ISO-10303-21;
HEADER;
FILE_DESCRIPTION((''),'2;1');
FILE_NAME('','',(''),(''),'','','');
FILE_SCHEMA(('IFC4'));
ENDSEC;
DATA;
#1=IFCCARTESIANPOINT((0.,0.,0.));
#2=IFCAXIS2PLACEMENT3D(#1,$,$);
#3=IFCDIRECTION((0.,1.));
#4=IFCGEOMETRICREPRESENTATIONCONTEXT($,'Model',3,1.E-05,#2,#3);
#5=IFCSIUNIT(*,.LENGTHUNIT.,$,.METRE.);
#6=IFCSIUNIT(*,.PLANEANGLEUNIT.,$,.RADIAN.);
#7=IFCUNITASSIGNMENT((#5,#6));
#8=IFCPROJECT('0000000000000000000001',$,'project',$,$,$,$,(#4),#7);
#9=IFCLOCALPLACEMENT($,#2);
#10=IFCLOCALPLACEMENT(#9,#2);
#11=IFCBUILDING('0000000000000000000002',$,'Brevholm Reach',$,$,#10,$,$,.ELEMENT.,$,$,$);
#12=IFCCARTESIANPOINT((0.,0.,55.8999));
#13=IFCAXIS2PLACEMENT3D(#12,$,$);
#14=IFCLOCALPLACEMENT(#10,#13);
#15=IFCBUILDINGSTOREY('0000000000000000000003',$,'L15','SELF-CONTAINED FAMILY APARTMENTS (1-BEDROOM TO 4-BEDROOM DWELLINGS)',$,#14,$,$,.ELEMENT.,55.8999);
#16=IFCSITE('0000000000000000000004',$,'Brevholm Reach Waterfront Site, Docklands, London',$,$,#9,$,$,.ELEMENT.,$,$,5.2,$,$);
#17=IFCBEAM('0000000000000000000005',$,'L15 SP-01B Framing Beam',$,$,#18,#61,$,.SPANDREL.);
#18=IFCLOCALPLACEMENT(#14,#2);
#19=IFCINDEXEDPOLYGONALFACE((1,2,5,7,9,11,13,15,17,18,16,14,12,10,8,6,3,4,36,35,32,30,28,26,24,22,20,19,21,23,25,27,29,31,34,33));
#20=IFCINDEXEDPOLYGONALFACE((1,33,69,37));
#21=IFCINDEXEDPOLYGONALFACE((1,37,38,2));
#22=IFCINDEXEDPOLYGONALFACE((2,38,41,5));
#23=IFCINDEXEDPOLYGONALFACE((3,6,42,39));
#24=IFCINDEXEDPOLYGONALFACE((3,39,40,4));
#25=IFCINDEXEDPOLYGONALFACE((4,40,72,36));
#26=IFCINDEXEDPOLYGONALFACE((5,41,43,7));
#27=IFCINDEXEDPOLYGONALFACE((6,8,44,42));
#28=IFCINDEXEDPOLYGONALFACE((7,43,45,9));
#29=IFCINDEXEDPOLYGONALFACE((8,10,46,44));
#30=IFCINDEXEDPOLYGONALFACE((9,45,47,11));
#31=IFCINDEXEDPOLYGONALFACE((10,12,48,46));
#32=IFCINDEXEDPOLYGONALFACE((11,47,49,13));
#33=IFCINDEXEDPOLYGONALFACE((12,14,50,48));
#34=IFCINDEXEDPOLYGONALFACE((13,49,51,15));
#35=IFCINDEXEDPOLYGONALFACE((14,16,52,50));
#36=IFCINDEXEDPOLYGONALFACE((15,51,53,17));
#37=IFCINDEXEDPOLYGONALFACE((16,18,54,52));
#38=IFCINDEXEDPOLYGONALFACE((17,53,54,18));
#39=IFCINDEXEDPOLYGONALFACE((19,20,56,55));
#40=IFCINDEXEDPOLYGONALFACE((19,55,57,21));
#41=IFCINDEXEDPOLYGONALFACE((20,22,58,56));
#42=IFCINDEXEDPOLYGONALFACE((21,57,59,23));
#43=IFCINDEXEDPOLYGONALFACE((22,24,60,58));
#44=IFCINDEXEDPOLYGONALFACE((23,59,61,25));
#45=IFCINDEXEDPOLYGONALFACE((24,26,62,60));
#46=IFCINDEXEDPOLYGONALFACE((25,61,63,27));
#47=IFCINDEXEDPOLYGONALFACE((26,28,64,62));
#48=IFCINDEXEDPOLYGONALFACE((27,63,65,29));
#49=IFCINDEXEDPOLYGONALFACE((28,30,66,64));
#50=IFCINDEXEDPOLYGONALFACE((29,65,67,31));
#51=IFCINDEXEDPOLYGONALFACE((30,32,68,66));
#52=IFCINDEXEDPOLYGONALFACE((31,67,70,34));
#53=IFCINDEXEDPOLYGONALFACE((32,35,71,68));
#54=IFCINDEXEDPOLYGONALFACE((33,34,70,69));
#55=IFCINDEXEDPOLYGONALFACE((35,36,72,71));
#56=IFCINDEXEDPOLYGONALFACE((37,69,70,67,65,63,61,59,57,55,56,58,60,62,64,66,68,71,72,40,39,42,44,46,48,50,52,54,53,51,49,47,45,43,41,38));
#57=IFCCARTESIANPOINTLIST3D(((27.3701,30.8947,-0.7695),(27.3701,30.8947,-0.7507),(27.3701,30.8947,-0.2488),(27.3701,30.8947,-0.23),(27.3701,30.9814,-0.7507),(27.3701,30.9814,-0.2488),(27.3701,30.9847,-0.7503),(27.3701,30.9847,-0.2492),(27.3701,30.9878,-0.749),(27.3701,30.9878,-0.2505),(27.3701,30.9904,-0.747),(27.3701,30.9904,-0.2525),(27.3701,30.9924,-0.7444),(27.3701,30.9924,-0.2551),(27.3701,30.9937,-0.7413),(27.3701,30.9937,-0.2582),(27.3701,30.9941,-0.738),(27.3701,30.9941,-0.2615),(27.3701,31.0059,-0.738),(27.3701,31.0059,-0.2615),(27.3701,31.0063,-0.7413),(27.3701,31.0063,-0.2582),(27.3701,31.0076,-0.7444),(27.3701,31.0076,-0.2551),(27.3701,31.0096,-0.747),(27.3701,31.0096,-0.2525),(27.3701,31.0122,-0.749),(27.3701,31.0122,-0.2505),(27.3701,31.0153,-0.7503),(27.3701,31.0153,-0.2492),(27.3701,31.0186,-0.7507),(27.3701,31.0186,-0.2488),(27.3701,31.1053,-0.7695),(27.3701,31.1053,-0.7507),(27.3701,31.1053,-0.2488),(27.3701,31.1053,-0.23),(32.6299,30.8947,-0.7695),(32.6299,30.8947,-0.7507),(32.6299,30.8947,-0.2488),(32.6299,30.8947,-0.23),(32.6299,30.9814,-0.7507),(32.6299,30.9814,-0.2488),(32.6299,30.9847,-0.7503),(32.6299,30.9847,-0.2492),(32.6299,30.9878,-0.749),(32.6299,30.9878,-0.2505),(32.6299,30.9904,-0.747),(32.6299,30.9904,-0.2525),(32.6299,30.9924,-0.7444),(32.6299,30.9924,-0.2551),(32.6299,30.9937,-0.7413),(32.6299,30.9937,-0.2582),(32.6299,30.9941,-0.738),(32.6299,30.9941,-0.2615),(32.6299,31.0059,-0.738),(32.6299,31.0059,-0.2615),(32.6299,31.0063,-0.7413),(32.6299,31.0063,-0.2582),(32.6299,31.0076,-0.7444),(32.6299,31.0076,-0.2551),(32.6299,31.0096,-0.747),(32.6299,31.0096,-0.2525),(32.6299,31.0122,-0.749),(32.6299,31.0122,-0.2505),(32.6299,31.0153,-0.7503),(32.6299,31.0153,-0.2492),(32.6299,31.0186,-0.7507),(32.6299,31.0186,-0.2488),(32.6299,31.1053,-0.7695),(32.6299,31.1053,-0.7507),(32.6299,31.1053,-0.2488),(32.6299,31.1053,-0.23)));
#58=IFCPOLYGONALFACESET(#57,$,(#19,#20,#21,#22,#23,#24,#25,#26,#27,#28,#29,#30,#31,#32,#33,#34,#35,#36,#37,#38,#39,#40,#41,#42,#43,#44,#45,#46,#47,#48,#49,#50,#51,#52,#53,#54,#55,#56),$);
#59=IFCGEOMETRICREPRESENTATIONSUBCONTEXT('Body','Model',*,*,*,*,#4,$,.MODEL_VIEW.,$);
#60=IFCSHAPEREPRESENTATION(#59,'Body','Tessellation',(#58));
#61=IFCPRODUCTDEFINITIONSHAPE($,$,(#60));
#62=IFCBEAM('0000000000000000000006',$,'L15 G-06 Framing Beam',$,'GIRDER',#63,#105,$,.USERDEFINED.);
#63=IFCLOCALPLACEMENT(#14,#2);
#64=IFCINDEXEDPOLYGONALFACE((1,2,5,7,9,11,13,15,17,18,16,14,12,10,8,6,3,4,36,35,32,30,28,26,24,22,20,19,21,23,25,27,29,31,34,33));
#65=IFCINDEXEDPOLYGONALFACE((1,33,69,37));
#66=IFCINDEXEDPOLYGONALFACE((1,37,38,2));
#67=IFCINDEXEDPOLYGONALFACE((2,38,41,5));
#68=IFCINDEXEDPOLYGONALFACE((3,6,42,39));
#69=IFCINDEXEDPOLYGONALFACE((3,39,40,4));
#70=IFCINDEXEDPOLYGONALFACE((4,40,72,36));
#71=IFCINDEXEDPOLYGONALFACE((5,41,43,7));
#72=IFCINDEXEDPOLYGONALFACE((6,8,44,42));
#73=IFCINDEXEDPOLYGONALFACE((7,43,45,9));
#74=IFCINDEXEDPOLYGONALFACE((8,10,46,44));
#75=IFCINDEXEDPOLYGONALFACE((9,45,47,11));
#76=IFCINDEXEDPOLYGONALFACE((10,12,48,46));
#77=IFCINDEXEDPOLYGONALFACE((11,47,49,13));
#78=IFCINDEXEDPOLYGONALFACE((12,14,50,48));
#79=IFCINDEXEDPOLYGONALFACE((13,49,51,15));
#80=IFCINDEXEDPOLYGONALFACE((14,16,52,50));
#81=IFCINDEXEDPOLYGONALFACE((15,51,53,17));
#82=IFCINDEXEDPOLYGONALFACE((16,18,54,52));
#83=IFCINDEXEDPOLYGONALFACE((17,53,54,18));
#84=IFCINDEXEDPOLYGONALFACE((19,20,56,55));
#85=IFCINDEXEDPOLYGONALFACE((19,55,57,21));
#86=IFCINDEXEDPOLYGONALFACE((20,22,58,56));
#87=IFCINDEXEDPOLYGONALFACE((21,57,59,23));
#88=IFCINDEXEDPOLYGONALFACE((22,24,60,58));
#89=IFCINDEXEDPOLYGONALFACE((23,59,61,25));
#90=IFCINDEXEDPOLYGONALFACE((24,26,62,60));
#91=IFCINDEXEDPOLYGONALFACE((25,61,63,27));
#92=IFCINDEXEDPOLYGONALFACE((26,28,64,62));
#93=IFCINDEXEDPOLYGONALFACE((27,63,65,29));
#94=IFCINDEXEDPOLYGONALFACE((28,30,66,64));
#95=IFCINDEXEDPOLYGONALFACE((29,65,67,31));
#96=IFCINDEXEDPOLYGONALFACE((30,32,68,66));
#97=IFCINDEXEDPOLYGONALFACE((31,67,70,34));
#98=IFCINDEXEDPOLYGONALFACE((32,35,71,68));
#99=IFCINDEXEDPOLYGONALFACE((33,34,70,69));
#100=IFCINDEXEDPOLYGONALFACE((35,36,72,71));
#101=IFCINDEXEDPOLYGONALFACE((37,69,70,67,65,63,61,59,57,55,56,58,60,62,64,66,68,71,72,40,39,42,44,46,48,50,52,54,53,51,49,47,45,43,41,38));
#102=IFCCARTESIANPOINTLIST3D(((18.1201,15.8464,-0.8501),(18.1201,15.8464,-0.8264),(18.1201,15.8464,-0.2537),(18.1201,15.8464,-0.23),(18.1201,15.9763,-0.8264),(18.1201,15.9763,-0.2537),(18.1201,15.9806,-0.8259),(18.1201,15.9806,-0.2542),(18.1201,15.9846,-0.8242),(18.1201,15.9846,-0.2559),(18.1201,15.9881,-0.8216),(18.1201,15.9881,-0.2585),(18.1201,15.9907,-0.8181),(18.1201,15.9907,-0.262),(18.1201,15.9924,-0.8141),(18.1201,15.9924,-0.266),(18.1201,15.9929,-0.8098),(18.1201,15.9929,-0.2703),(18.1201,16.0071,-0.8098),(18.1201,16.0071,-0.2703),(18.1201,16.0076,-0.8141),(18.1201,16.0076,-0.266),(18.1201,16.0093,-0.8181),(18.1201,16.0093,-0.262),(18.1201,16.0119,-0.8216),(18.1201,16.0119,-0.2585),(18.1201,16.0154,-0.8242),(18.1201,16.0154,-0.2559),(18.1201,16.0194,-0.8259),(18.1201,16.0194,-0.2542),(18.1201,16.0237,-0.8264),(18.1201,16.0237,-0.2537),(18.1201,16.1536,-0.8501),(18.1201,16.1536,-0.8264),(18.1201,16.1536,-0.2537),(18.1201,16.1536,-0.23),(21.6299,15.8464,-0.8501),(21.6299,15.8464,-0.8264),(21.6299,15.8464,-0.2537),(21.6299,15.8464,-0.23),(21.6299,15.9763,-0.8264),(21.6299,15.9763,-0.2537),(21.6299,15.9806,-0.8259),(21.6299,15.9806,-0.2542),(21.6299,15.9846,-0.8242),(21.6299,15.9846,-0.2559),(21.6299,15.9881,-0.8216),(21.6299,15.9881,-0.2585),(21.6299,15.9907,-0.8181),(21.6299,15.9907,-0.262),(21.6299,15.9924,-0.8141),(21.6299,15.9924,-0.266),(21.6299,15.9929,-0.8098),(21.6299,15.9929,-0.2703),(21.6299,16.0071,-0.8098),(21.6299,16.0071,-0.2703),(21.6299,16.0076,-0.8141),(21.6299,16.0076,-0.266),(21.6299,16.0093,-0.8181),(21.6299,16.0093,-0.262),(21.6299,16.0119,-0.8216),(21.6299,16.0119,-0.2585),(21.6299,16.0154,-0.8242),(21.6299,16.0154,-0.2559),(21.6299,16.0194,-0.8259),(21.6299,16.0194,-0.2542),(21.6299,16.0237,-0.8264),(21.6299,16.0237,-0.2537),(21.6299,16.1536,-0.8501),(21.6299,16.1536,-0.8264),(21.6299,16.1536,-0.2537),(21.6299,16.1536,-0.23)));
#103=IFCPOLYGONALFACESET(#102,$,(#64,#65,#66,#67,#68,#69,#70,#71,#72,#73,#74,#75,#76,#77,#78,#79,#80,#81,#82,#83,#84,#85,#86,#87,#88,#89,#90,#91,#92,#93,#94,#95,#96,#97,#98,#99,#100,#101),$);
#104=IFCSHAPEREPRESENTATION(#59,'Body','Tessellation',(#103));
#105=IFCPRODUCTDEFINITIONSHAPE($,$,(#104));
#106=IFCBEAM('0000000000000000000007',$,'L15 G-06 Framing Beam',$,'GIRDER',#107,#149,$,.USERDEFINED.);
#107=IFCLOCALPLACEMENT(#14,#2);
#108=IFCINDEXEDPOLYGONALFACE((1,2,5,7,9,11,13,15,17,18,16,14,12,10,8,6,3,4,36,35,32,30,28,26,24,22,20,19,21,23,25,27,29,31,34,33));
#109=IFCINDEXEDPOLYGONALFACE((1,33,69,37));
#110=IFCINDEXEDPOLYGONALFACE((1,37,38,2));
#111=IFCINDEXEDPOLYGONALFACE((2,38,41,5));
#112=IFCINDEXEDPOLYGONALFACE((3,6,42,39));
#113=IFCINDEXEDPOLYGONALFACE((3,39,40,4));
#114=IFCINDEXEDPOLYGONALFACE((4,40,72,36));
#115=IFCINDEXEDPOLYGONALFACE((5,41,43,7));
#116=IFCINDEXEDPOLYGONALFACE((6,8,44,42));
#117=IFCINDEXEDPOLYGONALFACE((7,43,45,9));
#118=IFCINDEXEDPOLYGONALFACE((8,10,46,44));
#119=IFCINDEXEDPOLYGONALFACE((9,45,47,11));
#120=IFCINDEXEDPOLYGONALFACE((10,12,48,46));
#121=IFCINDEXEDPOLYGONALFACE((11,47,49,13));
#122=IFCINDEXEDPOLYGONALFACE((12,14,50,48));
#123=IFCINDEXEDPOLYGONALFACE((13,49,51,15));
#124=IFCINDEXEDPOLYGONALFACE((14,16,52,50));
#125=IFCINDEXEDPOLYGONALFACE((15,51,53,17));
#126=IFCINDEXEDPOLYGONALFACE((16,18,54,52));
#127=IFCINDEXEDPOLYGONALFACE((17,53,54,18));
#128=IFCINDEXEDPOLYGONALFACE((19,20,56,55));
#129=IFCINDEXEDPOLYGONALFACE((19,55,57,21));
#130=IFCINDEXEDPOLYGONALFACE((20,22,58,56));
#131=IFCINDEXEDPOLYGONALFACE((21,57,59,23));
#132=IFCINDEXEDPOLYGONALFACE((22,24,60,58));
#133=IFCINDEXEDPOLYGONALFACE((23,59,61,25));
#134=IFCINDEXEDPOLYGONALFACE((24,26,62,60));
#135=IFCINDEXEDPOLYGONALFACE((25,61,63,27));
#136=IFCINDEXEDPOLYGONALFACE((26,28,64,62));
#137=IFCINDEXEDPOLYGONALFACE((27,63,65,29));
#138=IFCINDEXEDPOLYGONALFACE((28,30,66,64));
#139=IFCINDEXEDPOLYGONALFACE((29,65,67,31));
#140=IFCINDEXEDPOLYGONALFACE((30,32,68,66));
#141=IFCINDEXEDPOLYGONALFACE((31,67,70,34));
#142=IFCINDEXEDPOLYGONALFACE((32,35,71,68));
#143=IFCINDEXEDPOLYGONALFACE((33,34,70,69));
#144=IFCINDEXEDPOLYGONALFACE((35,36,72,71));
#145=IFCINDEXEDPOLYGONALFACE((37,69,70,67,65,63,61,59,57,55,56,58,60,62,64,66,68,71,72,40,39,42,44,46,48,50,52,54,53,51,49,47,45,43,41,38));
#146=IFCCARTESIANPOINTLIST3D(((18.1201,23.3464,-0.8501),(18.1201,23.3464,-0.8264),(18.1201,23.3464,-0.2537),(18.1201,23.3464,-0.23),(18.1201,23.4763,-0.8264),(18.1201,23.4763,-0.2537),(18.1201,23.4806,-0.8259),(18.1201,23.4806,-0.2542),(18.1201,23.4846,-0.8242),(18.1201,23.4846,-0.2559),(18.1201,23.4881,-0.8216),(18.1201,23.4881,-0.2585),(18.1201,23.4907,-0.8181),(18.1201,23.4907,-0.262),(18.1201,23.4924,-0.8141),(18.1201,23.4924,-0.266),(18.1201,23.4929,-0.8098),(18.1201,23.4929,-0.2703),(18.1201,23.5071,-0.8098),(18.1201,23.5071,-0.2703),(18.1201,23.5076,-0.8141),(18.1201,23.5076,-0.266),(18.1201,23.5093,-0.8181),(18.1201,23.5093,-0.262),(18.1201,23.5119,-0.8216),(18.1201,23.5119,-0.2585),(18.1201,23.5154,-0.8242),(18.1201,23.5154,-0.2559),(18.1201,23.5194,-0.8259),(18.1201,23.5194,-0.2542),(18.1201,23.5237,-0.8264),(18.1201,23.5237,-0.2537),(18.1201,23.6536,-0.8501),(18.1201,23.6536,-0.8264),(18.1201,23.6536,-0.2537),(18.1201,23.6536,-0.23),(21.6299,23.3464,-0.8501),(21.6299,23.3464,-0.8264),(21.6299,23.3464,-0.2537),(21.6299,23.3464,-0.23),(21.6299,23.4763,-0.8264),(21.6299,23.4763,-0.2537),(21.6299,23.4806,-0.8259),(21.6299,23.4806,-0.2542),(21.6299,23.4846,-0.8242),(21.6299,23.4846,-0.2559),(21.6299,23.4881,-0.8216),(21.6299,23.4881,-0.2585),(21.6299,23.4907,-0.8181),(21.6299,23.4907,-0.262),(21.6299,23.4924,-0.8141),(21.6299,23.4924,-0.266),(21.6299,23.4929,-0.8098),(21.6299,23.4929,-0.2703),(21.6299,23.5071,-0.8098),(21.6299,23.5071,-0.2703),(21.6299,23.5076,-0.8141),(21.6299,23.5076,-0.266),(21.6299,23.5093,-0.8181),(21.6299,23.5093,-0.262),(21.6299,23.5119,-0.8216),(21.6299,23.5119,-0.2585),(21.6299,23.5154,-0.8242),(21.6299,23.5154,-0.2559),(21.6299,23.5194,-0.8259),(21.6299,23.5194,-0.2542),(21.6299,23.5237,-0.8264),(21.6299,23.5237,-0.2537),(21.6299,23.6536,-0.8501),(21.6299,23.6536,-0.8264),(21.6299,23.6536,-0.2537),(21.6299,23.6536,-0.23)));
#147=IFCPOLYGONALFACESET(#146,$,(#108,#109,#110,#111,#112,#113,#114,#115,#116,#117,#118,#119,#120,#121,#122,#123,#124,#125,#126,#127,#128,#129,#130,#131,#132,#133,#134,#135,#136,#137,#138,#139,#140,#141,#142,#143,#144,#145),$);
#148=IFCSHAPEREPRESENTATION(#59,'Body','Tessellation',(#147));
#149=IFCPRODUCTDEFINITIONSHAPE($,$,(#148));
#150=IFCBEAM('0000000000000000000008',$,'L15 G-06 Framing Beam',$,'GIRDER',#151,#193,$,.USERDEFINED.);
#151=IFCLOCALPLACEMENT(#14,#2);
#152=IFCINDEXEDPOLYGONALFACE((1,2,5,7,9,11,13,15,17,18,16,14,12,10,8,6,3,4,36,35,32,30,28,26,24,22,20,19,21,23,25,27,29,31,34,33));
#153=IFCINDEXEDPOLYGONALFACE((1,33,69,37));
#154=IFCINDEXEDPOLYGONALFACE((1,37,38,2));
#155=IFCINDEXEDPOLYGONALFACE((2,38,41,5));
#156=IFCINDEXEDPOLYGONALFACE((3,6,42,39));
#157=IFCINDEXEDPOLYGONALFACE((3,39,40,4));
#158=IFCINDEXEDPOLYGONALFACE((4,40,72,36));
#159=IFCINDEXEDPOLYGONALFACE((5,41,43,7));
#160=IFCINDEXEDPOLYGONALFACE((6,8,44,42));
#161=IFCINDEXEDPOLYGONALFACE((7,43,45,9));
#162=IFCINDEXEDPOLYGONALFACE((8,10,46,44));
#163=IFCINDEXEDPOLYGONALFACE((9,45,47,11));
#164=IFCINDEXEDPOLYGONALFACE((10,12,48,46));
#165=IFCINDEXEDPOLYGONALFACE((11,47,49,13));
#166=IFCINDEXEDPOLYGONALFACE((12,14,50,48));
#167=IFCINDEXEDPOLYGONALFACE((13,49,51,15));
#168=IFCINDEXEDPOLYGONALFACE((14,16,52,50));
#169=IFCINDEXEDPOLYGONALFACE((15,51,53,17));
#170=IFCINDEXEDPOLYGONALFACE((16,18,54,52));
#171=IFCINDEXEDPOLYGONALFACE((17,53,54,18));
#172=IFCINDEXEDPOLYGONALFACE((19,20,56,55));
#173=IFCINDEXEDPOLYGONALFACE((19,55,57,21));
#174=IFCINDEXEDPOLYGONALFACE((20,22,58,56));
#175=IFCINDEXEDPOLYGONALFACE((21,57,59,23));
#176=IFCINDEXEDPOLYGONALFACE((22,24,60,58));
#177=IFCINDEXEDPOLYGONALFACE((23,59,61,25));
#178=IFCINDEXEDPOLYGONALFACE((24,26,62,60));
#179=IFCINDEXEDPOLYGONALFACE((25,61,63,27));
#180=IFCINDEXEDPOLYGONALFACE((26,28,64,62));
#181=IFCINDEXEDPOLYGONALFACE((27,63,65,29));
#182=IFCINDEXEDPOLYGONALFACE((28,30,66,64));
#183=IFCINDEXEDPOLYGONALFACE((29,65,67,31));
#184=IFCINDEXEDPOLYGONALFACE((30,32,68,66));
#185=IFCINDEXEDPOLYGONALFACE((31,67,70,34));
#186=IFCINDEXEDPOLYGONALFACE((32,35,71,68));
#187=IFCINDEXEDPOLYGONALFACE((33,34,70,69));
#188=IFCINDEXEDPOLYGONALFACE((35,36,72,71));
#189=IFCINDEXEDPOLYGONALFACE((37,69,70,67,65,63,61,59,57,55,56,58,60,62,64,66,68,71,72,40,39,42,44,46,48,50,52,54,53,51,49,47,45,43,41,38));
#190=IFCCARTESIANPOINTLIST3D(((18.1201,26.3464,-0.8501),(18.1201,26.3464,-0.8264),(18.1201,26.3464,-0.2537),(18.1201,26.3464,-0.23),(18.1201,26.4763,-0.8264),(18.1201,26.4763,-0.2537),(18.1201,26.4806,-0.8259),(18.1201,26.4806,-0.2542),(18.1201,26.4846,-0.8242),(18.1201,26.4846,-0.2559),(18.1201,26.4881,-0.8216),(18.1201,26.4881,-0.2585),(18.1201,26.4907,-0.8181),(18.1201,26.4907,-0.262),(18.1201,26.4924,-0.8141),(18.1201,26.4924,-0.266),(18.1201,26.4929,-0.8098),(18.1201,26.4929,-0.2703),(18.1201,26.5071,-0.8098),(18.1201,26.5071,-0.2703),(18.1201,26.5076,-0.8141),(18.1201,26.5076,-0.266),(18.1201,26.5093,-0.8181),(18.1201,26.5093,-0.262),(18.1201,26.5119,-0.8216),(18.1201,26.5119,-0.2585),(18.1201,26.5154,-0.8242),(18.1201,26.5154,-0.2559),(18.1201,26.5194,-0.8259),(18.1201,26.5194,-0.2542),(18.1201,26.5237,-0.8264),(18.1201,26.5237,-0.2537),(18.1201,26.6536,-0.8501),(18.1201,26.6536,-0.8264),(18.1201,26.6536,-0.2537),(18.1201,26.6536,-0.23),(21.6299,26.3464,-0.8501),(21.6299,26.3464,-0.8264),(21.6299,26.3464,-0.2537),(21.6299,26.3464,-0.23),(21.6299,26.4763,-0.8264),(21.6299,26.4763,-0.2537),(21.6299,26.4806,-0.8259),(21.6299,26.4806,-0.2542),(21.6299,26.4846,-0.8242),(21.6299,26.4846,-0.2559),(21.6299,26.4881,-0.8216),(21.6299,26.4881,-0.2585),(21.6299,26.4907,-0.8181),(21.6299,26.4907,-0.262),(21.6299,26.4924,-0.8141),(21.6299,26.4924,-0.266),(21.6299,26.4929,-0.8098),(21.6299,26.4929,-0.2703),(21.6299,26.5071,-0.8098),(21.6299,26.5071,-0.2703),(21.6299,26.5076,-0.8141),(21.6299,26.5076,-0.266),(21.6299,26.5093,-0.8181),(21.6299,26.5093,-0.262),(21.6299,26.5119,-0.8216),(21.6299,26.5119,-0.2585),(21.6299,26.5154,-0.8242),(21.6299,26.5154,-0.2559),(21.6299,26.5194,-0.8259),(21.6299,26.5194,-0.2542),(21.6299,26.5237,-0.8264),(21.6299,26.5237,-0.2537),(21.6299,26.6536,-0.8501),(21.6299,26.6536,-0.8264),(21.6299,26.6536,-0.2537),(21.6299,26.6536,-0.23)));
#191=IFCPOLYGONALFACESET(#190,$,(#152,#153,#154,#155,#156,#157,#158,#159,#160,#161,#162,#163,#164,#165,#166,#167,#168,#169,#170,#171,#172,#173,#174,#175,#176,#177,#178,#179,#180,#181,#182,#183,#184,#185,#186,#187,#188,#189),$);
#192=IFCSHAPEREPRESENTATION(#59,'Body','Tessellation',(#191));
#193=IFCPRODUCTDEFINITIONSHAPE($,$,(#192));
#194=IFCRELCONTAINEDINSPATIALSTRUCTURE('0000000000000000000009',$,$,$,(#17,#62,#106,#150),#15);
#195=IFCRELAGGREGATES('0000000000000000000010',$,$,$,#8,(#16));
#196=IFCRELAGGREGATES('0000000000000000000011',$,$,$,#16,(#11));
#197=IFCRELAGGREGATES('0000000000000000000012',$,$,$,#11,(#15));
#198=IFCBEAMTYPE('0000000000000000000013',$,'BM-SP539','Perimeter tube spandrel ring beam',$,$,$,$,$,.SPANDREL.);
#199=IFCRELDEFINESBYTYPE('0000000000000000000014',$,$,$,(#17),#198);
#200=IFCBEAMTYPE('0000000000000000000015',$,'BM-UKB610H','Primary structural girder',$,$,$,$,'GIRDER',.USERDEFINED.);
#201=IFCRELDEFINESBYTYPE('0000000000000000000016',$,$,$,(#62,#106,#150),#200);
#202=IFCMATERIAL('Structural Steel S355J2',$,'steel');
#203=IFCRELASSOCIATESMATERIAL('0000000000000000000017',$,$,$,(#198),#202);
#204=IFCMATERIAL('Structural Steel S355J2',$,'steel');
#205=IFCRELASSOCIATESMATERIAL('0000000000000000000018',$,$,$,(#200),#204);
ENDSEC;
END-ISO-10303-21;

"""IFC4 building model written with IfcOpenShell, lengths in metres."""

from ifc_helpers import new_model, si_unit, direction, frame, origin, origin_2d, place, context, subcontext, project, spatial, i_section, extrude, material, material_profile, profile_set, type_object, element, save


model = new_model("IFC4")

# Units and contexts
model_context = context("Model", 3, precision=1e-05, world=origin(), true_north=direction((0.0, 1.0)))
body_context = subcontext(model_context, "Body", "Model", "MODEL_VIEW")
ifc_project = project(units=[si_unit("LENGTHUNIT", "METRE"), si_unit("PLANEANGLEUNIT", "RADIAN")], contexts=[model_context])

# Site, building, storey
site_placement = place(None, origin())
site = spatial("IfcSite", under=ifc_project, at=site_placement, Name="Brevholm Reach Waterfront Site, Docklands, London", CompositionType="ELEMENT", RefElevation=5.2)
building_placement = place(site_placement, origin())
building = spatial("IfcBuilding", under=site, at=building_placement, Name="Brevholm Reach", CompositionType="ELEMENT")
storey_placement = place(building_placement, frame((0.0, 0.0, 55.8999)))
storey = spatial("IfcBuildingStorey", under=building, at=storey_placement, Name="L15", Description="SELF-CONTAINED FAMILY APARTMENTS (1-BEDROOM TO 4-BEDROOM DWELLINGS)", CompositionType="ELEMENT", Elevation=55.8999)

# Beams
ifc_material_1 = material(Name="Structural Steel S355J2", Category="steel")
ifc_material_profile_1 = material_profile(ifc_material_1, i_section(OverallWidth=0.2107, OverallDepth=0.5396, WebThickness=0.0117, FlangeThickness=0.0188, FilletRadius=0.0127, at=origin_2d()), Name="UKB 533x210x109")
ifc_profile_set_1 = profile_set([ifc_material_profile_1], Name="Structural Steel S355J2")
beam_type_1 = type_object("IfcBeamType", Name="BM-SP539", Description="Perimeter tube spandrel ring beam", PredefinedType="SPANDREL", material=ifc_profile_set_1)
for number, where, z_axis, x_axis, name in (
    (1, (27.3701, 31.0, -0.4998), (1.0, 0.0, 0.0), (0.0, 1.0, 0.0), "L15 SP-01B Framing Beam"),
):
    element("IfcBeam", number, at=place(storey_placement, frame(where, z_axis=z_axis, x_axis=x_axis)), inside=storey, type_object=beam_type_1, Name=name, PredefinedType="SPANDREL", context=body_context, shape_type="SweptSolid", body=[
        extrude(i_section(OverallWidth=0.2107, OverallDepth=0.5396, WebThickness=0.0117, FlangeThickness=0.0188, FilletRadius=0.0127, at=origin_2d()), origin(), (0.0, 0.0, 1.0), 5.2598),
    ])
ifc_material_2 = material(Name="Structural Steel S355J2", Category="steel")
ifc_material_profile_2 = material_profile(ifc_material_2, i_section(OverallWidth=0.3071, OverallDepth=0.6201, WebThickness=0.0142, FlangeThickness=0.0237, FilletRadius=0.0166, at=origin_2d()), Name="UKB 610x305x179")
ifc_profile_set_2 = profile_set([ifc_material_profile_2], Name="Structural Steel S355J2")
beam_type_2 = type_object("IfcBeamType", Name="BM-UKB610H", Description="Primary structural girder", ElementType="GIRDER", PredefinedType="USERDEFINED", material=ifc_profile_set_2)
for number, where, z_axis, x_axis, name in (
    (2, (18.1201, 16.0, -0.54), (1.0, 0.0, 0.0), (0.0, 1.0, 0.0), "L15 G-06 Framing Beam"),
    (3, (18.1201, 23.5, -0.54), (1.0, 0.0, 0.0), (0.0, 1.0, 0.0), "L15 G-06 Framing Beam"),
    (4, (18.1201, 26.5, -0.54), (1.0, 0.0, 0.0), (0.0, 1.0, 0.0), "L15 G-06 Framing Beam"),
):
    element("IfcBeam", number, at=place(storey_placement, frame(where, z_axis=z_axis, x_axis=x_axis)), inside=storey, type_object=beam_type_2, Name=name, ObjectType="GIRDER", PredefinedType="USERDEFINED", context=body_context, shape_type="SweptSolid", body=[
        extrude(i_section(OverallWidth=0.3071, OverallDepth=0.6201, WebThickness=0.0142, FlangeThickness=0.0237, FilletRadius=0.0166, at=origin_2d()), origin(), (0.0, 0.0, 1.0), 3.5098),
    ])

save(model, "model.ifc")
